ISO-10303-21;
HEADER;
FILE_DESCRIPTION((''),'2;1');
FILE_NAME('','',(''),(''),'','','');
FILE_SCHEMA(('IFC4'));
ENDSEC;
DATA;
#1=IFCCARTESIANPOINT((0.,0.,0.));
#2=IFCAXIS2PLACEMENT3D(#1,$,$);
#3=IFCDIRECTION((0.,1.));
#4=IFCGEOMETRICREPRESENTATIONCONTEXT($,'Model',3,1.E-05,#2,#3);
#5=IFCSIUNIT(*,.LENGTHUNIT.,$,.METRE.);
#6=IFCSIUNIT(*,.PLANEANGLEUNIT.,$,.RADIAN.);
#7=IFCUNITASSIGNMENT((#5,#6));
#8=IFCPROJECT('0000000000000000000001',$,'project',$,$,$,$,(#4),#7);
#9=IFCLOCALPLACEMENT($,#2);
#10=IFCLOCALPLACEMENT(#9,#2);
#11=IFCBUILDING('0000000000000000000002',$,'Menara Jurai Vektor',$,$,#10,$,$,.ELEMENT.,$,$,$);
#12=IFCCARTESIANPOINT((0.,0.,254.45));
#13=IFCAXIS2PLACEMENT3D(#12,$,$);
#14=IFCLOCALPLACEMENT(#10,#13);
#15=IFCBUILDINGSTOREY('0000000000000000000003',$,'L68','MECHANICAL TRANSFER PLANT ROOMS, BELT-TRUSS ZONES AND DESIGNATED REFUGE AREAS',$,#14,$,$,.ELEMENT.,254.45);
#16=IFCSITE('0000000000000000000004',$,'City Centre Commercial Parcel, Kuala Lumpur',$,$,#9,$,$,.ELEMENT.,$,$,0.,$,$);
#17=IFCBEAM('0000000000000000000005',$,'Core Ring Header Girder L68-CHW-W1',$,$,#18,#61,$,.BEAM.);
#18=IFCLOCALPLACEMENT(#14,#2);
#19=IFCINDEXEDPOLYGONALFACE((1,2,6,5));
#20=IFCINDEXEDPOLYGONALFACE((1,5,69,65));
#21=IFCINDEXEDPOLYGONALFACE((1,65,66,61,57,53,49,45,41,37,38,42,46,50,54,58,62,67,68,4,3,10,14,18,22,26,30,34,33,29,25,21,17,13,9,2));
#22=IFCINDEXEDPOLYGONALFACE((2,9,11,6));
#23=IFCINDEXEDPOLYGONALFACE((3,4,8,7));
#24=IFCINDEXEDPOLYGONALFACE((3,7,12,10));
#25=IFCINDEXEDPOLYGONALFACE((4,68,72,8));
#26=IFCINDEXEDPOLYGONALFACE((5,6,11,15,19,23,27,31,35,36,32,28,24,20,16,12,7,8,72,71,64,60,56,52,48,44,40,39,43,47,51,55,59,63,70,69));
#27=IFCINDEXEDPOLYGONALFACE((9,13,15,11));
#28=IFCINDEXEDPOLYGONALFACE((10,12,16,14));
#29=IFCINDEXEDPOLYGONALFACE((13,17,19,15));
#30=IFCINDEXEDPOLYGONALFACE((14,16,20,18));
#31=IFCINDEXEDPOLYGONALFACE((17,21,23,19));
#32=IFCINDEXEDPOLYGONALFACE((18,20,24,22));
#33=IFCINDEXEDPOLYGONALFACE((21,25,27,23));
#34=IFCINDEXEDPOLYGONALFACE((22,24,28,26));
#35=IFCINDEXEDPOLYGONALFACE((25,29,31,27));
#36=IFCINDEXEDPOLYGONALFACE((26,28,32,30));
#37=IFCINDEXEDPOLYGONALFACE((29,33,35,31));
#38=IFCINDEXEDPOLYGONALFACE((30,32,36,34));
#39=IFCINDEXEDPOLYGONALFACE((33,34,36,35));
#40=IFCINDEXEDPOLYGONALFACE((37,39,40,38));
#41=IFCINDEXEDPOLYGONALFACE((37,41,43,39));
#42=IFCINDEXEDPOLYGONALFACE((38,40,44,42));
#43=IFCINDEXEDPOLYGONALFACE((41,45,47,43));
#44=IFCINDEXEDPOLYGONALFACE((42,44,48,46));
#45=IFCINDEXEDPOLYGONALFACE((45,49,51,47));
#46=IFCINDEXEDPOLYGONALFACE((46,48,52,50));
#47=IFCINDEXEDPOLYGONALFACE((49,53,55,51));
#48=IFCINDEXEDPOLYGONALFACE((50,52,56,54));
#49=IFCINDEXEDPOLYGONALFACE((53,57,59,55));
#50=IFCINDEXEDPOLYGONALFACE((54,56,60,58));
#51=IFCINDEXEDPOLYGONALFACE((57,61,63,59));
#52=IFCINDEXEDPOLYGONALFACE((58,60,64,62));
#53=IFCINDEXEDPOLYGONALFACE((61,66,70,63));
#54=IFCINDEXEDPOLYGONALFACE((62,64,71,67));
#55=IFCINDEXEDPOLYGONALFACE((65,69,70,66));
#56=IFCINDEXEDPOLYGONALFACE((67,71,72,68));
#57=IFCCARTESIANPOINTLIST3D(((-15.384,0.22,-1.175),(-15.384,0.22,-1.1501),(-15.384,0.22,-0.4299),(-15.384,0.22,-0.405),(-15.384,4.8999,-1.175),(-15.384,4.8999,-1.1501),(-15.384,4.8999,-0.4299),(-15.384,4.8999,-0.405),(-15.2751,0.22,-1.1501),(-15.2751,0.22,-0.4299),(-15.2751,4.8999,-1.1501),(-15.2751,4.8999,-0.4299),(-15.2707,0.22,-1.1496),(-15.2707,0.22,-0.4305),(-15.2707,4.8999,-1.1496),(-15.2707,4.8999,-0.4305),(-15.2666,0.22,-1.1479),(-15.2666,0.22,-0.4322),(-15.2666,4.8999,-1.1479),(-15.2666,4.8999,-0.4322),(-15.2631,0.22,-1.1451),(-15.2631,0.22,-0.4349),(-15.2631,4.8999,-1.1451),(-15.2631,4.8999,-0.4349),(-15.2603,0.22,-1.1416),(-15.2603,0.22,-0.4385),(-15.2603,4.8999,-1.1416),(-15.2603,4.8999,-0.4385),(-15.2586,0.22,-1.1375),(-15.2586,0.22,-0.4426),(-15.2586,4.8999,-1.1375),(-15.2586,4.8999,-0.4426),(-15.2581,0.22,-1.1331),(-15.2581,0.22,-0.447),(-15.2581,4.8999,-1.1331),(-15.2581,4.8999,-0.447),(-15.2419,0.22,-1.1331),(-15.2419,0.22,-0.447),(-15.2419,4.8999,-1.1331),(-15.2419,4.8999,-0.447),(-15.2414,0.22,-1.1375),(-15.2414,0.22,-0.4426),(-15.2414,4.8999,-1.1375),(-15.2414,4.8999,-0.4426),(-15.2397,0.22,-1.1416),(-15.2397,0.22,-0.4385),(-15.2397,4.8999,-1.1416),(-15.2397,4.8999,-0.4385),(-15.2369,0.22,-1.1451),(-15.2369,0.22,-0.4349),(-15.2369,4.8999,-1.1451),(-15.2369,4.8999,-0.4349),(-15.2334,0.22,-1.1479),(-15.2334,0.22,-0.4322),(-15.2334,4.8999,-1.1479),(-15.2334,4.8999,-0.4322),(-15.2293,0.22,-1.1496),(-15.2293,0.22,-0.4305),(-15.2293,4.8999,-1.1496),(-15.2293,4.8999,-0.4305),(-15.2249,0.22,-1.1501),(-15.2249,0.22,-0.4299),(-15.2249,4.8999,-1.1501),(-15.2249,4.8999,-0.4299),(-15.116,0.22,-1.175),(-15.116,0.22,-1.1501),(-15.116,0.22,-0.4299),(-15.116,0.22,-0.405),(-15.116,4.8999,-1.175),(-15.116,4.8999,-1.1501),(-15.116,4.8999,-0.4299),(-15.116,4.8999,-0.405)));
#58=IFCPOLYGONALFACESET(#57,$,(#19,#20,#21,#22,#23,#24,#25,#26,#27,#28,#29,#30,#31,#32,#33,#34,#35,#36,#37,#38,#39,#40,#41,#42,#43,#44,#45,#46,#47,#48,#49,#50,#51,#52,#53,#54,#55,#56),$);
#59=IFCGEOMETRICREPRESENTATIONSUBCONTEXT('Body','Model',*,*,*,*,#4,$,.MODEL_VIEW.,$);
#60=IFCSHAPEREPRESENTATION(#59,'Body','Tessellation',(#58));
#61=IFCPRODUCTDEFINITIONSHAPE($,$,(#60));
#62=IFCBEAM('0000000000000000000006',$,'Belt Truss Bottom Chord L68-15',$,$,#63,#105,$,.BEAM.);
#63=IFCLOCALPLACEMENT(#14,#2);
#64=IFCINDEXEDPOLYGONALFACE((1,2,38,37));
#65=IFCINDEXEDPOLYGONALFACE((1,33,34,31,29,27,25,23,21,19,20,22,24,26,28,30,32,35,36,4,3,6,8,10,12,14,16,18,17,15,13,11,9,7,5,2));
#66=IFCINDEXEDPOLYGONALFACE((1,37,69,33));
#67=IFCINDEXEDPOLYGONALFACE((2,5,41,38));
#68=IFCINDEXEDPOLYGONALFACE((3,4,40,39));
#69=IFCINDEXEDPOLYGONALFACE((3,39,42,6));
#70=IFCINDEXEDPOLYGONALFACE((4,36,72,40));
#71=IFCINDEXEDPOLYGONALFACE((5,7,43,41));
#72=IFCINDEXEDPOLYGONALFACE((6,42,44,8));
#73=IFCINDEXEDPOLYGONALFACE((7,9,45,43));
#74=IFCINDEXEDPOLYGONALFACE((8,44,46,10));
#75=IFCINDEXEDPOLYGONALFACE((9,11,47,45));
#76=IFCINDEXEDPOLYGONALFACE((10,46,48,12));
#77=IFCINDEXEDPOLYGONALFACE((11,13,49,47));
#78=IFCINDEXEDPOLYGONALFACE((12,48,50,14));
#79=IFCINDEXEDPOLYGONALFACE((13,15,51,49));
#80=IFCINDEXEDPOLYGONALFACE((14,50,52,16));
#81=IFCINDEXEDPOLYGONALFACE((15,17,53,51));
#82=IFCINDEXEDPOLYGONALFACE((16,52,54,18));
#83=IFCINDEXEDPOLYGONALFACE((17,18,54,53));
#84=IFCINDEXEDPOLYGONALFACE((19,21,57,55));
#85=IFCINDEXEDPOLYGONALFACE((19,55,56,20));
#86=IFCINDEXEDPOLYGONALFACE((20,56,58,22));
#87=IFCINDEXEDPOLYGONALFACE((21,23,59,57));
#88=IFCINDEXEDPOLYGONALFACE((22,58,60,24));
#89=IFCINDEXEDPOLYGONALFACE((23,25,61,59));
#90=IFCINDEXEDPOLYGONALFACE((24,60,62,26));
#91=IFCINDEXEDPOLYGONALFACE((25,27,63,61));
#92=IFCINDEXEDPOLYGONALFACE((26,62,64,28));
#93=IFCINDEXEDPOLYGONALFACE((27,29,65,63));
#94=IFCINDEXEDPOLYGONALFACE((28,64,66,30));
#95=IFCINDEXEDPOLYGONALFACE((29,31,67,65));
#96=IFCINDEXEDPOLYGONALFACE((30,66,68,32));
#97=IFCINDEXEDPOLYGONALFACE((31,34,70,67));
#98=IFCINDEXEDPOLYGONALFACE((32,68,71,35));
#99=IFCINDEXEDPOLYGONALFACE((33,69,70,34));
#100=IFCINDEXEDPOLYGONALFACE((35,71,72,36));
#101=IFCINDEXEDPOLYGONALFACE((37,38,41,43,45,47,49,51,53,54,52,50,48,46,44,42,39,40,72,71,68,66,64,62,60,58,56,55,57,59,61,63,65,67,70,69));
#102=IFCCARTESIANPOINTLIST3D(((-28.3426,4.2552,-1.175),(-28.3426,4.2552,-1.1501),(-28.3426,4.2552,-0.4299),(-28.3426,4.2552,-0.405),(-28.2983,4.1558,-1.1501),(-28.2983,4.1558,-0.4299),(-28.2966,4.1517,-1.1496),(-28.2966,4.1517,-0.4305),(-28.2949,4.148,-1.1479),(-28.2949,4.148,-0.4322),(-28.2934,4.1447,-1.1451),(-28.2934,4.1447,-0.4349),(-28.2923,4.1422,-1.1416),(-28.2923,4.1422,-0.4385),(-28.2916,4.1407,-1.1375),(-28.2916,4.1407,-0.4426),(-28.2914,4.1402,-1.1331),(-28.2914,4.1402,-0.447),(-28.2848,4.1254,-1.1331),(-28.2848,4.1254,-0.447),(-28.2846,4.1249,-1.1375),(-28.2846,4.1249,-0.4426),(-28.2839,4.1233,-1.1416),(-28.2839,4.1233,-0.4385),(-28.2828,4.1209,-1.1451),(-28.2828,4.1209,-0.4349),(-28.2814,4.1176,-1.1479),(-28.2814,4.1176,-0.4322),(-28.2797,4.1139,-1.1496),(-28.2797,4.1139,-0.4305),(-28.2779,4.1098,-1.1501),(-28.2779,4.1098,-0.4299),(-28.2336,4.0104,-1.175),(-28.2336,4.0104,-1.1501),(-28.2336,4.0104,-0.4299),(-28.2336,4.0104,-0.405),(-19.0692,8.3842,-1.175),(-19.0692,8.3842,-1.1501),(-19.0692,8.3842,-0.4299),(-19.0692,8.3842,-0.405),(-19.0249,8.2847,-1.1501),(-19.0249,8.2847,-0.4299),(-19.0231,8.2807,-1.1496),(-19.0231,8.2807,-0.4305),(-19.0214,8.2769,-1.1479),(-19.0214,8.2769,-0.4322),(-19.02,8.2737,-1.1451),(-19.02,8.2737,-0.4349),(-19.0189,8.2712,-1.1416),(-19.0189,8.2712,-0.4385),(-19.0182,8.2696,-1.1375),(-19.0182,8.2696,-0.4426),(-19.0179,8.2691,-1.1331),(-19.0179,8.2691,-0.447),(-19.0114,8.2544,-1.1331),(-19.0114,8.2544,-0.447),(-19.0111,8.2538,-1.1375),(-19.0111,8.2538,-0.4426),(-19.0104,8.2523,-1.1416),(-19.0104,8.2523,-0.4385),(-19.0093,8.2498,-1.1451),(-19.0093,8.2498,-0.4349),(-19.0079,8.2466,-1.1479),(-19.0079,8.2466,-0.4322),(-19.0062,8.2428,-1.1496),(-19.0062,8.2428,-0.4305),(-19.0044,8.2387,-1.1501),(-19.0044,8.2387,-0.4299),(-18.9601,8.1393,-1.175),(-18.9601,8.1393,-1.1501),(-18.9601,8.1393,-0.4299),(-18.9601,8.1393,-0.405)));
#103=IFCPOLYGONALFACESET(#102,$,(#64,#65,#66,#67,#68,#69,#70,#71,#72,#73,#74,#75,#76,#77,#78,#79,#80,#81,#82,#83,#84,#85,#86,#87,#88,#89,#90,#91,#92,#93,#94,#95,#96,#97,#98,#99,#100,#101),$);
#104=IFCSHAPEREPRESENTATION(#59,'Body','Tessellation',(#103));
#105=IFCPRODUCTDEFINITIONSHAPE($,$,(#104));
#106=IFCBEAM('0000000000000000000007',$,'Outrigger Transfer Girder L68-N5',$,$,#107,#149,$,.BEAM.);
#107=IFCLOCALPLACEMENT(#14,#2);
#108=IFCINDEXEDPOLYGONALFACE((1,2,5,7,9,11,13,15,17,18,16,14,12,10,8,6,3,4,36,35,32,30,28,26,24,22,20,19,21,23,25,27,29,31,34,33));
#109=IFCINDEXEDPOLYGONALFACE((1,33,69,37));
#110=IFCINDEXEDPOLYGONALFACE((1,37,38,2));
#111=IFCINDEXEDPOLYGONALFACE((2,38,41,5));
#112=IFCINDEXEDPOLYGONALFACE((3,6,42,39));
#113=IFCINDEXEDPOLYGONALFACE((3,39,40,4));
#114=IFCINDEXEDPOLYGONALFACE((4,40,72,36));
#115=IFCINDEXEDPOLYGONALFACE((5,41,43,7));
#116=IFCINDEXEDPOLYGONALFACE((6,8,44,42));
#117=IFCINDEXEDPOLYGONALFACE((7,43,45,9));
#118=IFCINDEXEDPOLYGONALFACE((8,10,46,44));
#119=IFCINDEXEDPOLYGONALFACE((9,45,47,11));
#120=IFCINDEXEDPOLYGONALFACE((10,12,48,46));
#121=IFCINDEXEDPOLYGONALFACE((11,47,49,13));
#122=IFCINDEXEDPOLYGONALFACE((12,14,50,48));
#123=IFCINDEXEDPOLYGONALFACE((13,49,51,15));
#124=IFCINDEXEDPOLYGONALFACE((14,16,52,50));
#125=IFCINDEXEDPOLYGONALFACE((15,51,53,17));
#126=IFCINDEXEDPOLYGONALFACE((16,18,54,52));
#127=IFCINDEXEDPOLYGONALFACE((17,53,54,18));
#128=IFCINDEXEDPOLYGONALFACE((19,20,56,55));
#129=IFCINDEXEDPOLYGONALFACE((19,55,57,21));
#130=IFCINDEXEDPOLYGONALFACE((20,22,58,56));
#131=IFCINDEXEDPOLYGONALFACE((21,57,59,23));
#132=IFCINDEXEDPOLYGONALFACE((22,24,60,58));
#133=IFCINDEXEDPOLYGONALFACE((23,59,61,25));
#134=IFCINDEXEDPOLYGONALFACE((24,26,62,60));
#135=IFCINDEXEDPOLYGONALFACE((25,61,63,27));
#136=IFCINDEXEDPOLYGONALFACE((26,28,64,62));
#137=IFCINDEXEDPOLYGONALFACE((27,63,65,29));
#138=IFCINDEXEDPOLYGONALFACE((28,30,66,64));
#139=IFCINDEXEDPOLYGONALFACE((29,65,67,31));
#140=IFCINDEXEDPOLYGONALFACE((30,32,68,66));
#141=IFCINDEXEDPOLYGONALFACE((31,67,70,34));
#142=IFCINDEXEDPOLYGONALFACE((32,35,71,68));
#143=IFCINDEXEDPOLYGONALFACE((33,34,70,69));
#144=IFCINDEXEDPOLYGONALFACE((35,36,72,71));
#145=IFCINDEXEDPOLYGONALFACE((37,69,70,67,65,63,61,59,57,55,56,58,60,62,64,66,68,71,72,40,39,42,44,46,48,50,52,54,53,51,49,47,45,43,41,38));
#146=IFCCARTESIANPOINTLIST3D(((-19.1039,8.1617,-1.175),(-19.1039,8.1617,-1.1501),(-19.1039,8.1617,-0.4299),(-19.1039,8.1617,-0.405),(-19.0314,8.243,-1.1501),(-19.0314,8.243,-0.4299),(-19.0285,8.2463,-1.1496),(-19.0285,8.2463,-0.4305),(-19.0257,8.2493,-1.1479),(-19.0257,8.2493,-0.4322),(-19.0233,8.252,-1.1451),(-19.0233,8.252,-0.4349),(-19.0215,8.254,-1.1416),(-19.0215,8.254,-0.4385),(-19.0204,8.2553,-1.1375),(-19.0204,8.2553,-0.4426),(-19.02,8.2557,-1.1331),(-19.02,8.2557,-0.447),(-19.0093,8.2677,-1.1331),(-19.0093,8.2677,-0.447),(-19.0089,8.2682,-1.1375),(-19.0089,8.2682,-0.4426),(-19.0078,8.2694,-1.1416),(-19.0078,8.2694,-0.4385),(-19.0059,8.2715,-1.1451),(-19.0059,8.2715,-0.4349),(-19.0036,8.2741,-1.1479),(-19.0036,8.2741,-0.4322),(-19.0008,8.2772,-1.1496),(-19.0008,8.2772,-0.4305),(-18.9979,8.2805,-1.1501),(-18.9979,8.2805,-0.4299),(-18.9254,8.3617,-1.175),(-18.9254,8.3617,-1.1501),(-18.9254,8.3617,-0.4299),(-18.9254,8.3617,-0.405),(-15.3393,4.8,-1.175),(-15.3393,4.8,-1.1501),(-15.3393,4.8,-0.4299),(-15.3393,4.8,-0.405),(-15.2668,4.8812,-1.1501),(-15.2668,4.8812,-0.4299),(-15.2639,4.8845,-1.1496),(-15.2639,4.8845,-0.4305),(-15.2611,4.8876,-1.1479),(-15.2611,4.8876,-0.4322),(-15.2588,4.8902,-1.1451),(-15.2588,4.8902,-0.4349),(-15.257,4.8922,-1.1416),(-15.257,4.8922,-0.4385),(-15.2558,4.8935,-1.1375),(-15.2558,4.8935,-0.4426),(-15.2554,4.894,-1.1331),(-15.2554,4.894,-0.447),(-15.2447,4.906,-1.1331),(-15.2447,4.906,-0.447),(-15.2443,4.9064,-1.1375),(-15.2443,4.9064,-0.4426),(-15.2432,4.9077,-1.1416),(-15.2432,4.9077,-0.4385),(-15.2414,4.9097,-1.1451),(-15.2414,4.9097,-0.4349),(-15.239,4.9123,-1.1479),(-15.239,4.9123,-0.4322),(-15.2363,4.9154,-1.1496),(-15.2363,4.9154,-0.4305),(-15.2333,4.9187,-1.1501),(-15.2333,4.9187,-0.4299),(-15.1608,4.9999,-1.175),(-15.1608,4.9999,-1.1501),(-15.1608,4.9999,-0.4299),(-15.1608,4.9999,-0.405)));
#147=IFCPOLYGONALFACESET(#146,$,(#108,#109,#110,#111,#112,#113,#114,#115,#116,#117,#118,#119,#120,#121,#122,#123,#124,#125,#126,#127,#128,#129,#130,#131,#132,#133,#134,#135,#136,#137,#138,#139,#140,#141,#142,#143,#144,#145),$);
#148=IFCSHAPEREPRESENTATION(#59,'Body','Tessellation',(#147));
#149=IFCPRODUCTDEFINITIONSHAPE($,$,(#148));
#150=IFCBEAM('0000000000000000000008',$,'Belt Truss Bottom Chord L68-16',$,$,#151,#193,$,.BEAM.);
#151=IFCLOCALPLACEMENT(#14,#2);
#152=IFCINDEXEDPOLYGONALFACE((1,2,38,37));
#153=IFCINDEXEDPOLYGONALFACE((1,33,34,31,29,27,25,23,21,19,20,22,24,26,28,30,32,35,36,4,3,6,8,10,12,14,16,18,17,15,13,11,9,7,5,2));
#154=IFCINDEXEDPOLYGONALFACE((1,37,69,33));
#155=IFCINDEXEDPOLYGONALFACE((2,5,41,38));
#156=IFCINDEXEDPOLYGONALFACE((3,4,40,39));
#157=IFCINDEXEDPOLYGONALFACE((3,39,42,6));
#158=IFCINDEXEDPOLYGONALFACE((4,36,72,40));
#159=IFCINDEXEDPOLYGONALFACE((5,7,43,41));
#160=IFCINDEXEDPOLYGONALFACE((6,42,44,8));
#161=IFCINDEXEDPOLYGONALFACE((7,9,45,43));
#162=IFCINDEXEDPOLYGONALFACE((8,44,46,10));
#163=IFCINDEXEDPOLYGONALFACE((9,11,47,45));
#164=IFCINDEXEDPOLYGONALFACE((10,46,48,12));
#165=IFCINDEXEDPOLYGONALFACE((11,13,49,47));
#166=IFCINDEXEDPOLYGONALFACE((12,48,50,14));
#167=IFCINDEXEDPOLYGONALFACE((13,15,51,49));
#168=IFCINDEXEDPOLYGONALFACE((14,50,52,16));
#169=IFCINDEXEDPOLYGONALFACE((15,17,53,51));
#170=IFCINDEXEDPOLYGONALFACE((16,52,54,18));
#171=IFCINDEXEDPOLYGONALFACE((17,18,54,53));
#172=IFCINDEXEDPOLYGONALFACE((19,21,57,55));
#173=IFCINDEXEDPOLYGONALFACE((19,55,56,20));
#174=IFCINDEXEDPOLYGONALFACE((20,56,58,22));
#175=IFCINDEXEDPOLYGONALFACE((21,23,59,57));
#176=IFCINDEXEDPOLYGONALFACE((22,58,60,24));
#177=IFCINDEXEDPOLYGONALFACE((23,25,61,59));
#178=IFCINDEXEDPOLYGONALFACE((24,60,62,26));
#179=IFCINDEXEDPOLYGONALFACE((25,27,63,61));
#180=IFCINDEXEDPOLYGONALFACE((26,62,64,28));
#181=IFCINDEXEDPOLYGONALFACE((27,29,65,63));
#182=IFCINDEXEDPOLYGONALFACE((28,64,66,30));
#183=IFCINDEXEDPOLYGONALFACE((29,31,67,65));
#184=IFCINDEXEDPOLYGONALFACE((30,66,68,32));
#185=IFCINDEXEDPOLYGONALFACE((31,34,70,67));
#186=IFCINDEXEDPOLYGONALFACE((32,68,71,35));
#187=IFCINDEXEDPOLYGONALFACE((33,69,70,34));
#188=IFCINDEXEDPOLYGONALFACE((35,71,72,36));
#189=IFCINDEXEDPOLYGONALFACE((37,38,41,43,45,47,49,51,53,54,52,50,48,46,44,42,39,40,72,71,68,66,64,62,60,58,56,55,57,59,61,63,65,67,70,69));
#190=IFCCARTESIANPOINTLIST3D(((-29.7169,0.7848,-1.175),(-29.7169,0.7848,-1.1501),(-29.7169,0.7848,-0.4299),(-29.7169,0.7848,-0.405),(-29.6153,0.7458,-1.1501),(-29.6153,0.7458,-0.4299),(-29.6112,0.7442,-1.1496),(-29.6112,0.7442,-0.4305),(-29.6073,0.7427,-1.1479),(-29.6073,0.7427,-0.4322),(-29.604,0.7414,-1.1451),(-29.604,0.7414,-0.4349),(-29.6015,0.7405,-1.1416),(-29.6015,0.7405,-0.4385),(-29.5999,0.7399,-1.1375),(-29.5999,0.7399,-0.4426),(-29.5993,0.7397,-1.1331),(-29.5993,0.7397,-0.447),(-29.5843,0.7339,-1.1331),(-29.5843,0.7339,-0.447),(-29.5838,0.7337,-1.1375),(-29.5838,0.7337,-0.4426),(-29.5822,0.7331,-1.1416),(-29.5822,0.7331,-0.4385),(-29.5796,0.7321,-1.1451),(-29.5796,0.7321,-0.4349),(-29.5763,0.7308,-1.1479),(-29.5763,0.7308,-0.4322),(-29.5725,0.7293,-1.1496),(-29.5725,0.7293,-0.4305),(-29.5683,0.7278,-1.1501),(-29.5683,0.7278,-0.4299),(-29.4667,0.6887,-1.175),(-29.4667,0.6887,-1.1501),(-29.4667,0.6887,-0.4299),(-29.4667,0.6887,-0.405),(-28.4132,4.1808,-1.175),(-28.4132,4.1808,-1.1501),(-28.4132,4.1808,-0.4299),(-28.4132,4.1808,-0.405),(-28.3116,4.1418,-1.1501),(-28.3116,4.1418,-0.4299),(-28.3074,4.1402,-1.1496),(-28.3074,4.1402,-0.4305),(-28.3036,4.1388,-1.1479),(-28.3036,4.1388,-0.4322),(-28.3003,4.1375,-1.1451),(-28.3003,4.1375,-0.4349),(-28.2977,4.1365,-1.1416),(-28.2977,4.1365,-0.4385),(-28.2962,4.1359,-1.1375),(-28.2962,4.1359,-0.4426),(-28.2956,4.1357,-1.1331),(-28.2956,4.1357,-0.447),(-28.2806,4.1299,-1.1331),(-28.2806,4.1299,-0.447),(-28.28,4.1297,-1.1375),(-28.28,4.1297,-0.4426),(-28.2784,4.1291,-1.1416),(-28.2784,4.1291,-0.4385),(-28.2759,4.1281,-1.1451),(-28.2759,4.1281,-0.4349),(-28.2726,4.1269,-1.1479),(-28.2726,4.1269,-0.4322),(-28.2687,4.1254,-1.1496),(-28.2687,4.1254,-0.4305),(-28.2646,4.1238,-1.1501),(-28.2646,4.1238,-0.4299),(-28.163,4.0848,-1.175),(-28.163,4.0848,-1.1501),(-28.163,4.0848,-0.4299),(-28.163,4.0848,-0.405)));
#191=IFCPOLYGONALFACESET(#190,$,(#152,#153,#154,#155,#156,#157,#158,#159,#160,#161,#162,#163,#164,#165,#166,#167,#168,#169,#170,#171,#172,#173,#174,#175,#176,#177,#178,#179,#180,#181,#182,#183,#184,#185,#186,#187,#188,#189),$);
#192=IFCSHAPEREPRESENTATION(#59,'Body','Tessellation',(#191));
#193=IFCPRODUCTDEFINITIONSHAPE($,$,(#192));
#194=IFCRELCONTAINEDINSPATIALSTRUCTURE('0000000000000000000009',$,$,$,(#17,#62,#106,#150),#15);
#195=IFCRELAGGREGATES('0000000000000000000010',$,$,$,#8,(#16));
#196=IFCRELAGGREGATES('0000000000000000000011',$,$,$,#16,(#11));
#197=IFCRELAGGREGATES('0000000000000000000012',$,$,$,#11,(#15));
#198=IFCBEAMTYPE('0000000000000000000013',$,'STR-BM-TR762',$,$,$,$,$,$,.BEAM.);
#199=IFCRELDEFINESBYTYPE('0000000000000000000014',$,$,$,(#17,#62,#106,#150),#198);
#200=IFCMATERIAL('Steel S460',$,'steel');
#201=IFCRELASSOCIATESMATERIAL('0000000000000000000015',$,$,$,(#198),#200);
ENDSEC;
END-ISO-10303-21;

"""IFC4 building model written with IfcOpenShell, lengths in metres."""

from ifc_helpers import new_model, si_unit, direction, frame, origin, origin_2d, place, context, subcontext, project, spatial, i_section, extrude, material, material_profile, profile_set, type_object, element, save


model = new_model("IFC4")

# Units and contexts
model_context = context("Model", 3, precision=1e-05, world=origin(), true_north=direction((0.0, 1.0)))
body_context = subcontext(model_context, "Body", "Model", "MODEL_VIEW")
ifc_project = project(units=[si_unit("LENGTHUNIT", "METRE"), si_unit("PLANEANGLEUNIT", "RADIAN")], contexts=[model_context])

# Site, building, storey
site_placement = place(None, origin())
site = spatial("IfcSite", under=ifc_project, at=site_placement, Name="City Centre Commercial Parcel, Kuala Lumpur", CompositionType="ELEMENT", RefElevation=0.0)
building_placement = place(site_placement, origin())
building = spatial("IfcBuilding", under=site, at=building_placement, Name="Menara Jurai Vektor", CompositionType="ELEMENT")
storey_placement = place(building_placement, frame((0.0, 0.0, 254.45)))
storey = spatial("IfcBuildingStorey", under=building, at=storey_placement, Name="L68", Description="MECHANICAL TRANSFER PLANT ROOMS, BELT-TRUSS ZONES AND DESIGNATED REFUGE AREAS", CompositionType="ELEMENT", Elevation=254.45)

# Shared definitions
ifc_material_1 = material(Name="Steel S460", Category="steel")

# Beams
ifc_material_profile_1 = material_profile(ifc_material_1, i_section(OverallWidth=0.2681, OverallDepth=0.77, WebThickness=0.0161, FlangeThickness=0.0249, FilletRadius=0.0171, at=origin_2d()), Name="UKB 762x267x197")
ifc_profile_set_1 = profile_set([ifc_material_profile_1], Name="Steel S460")
beam_type_1 = type_object("IfcBeamType", Name="STR-BM-TR762", PredefinedType="BEAM", material=ifc_profile_set_1)
beam_1_placement = place(storey_placement, frame((-15.25, 0.22, -0.79), z_axis=(0.0, 1.0, 0.0), x_axis=(-1.0, 0.0, 0.0)))
element("IfcBeam", 1, at=beam_1_placement, inside=storey, type_object=beam_type_1, Name="Core Ring Header Girder L68-CHW-W1", PredefinedType="BEAM", context=body_context, shape_type="SweptSolid", body=[
    extrude(i_section(OverallWidth=0.2681, OverallDepth=0.77, WebThickness=0.0161, FlangeThickness=0.0249, FilletRadius=0.0171, at=origin_2d()), origin(), (0.0, 0.0, 1.0), 4.6799),
])
beam_2_placement = place(storey_placement, frame((-19.0146, 8.2617, -0.79), z_axis=(-0.913542, -0.406745, 0.0), x_axis=(0.406745, -0.913542, 0.0)))
element("IfcBeam", 2, at=beam_2_placement, inside=storey, type_object=beam_type_1, Name="Belt Truss Bottom Chord L68-15", PredefinedType="BEAM", context=body_context, shape_type="SweptSolid", body=[
    extrude(i_section(OverallWidth=0.2681, OverallDepth=0.77, WebThickness=0.0161, FlangeThickness=0.0249, FilletRadius=0.0171, at=origin_2d()), origin(), (0.0, 0.0, 1.0), 10.1511),
])
beam_3_placement = place(storey_placement, frame((-19.0146, 8.2617, -0.79), z_axis=(0.745886, -0.666073, 0.0), x_axis=(0.666073, 0.745886, 0.0)))
element("IfcBeam", 3, at=beam_3_placement, inside=storey, type_object=beam_type_1, Name="Outrigger Transfer Girder L68-N5", PredefinedType="BEAM", context=body_context, shape_type="SweptSolid", body=[
    extrude(i_section(OverallWidth=0.2681, OverallDepth=0.77, WebThickness=0.0161, FlangeThickness=0.0249, FilletRadius=0.0171, at=origin_2d()), origin(), (0.0, 0.0, 1.0), 5.0471),
])
beam_4_placement = place(storey_placement, frame((-28.2881, 4.1328, -0.79), z_axis=(-0.358394, -0.93357, 0.0), x_axis=(0.93357, -0.358394, 0.0)))
element("IfcBeam", 4, at=beam_4_placement, inside=storey, type_object=beam_type_1, Name="Belt Truss Bottom Chord L68-16", PredefinedType="BEAM", context=body_context, shape_type="SweptSolid", body=[
    extrude(i_section(OverallWidth=0.2681, OverallDepth=0.77, WebThickness=0.0161, FlangeThickness=0.0249, FilletRadius=0.0171, at=origin_2d()), origin(), (0.0, 0.0, 1.0), 3.6377),
])

save(model, "model.ifc")
